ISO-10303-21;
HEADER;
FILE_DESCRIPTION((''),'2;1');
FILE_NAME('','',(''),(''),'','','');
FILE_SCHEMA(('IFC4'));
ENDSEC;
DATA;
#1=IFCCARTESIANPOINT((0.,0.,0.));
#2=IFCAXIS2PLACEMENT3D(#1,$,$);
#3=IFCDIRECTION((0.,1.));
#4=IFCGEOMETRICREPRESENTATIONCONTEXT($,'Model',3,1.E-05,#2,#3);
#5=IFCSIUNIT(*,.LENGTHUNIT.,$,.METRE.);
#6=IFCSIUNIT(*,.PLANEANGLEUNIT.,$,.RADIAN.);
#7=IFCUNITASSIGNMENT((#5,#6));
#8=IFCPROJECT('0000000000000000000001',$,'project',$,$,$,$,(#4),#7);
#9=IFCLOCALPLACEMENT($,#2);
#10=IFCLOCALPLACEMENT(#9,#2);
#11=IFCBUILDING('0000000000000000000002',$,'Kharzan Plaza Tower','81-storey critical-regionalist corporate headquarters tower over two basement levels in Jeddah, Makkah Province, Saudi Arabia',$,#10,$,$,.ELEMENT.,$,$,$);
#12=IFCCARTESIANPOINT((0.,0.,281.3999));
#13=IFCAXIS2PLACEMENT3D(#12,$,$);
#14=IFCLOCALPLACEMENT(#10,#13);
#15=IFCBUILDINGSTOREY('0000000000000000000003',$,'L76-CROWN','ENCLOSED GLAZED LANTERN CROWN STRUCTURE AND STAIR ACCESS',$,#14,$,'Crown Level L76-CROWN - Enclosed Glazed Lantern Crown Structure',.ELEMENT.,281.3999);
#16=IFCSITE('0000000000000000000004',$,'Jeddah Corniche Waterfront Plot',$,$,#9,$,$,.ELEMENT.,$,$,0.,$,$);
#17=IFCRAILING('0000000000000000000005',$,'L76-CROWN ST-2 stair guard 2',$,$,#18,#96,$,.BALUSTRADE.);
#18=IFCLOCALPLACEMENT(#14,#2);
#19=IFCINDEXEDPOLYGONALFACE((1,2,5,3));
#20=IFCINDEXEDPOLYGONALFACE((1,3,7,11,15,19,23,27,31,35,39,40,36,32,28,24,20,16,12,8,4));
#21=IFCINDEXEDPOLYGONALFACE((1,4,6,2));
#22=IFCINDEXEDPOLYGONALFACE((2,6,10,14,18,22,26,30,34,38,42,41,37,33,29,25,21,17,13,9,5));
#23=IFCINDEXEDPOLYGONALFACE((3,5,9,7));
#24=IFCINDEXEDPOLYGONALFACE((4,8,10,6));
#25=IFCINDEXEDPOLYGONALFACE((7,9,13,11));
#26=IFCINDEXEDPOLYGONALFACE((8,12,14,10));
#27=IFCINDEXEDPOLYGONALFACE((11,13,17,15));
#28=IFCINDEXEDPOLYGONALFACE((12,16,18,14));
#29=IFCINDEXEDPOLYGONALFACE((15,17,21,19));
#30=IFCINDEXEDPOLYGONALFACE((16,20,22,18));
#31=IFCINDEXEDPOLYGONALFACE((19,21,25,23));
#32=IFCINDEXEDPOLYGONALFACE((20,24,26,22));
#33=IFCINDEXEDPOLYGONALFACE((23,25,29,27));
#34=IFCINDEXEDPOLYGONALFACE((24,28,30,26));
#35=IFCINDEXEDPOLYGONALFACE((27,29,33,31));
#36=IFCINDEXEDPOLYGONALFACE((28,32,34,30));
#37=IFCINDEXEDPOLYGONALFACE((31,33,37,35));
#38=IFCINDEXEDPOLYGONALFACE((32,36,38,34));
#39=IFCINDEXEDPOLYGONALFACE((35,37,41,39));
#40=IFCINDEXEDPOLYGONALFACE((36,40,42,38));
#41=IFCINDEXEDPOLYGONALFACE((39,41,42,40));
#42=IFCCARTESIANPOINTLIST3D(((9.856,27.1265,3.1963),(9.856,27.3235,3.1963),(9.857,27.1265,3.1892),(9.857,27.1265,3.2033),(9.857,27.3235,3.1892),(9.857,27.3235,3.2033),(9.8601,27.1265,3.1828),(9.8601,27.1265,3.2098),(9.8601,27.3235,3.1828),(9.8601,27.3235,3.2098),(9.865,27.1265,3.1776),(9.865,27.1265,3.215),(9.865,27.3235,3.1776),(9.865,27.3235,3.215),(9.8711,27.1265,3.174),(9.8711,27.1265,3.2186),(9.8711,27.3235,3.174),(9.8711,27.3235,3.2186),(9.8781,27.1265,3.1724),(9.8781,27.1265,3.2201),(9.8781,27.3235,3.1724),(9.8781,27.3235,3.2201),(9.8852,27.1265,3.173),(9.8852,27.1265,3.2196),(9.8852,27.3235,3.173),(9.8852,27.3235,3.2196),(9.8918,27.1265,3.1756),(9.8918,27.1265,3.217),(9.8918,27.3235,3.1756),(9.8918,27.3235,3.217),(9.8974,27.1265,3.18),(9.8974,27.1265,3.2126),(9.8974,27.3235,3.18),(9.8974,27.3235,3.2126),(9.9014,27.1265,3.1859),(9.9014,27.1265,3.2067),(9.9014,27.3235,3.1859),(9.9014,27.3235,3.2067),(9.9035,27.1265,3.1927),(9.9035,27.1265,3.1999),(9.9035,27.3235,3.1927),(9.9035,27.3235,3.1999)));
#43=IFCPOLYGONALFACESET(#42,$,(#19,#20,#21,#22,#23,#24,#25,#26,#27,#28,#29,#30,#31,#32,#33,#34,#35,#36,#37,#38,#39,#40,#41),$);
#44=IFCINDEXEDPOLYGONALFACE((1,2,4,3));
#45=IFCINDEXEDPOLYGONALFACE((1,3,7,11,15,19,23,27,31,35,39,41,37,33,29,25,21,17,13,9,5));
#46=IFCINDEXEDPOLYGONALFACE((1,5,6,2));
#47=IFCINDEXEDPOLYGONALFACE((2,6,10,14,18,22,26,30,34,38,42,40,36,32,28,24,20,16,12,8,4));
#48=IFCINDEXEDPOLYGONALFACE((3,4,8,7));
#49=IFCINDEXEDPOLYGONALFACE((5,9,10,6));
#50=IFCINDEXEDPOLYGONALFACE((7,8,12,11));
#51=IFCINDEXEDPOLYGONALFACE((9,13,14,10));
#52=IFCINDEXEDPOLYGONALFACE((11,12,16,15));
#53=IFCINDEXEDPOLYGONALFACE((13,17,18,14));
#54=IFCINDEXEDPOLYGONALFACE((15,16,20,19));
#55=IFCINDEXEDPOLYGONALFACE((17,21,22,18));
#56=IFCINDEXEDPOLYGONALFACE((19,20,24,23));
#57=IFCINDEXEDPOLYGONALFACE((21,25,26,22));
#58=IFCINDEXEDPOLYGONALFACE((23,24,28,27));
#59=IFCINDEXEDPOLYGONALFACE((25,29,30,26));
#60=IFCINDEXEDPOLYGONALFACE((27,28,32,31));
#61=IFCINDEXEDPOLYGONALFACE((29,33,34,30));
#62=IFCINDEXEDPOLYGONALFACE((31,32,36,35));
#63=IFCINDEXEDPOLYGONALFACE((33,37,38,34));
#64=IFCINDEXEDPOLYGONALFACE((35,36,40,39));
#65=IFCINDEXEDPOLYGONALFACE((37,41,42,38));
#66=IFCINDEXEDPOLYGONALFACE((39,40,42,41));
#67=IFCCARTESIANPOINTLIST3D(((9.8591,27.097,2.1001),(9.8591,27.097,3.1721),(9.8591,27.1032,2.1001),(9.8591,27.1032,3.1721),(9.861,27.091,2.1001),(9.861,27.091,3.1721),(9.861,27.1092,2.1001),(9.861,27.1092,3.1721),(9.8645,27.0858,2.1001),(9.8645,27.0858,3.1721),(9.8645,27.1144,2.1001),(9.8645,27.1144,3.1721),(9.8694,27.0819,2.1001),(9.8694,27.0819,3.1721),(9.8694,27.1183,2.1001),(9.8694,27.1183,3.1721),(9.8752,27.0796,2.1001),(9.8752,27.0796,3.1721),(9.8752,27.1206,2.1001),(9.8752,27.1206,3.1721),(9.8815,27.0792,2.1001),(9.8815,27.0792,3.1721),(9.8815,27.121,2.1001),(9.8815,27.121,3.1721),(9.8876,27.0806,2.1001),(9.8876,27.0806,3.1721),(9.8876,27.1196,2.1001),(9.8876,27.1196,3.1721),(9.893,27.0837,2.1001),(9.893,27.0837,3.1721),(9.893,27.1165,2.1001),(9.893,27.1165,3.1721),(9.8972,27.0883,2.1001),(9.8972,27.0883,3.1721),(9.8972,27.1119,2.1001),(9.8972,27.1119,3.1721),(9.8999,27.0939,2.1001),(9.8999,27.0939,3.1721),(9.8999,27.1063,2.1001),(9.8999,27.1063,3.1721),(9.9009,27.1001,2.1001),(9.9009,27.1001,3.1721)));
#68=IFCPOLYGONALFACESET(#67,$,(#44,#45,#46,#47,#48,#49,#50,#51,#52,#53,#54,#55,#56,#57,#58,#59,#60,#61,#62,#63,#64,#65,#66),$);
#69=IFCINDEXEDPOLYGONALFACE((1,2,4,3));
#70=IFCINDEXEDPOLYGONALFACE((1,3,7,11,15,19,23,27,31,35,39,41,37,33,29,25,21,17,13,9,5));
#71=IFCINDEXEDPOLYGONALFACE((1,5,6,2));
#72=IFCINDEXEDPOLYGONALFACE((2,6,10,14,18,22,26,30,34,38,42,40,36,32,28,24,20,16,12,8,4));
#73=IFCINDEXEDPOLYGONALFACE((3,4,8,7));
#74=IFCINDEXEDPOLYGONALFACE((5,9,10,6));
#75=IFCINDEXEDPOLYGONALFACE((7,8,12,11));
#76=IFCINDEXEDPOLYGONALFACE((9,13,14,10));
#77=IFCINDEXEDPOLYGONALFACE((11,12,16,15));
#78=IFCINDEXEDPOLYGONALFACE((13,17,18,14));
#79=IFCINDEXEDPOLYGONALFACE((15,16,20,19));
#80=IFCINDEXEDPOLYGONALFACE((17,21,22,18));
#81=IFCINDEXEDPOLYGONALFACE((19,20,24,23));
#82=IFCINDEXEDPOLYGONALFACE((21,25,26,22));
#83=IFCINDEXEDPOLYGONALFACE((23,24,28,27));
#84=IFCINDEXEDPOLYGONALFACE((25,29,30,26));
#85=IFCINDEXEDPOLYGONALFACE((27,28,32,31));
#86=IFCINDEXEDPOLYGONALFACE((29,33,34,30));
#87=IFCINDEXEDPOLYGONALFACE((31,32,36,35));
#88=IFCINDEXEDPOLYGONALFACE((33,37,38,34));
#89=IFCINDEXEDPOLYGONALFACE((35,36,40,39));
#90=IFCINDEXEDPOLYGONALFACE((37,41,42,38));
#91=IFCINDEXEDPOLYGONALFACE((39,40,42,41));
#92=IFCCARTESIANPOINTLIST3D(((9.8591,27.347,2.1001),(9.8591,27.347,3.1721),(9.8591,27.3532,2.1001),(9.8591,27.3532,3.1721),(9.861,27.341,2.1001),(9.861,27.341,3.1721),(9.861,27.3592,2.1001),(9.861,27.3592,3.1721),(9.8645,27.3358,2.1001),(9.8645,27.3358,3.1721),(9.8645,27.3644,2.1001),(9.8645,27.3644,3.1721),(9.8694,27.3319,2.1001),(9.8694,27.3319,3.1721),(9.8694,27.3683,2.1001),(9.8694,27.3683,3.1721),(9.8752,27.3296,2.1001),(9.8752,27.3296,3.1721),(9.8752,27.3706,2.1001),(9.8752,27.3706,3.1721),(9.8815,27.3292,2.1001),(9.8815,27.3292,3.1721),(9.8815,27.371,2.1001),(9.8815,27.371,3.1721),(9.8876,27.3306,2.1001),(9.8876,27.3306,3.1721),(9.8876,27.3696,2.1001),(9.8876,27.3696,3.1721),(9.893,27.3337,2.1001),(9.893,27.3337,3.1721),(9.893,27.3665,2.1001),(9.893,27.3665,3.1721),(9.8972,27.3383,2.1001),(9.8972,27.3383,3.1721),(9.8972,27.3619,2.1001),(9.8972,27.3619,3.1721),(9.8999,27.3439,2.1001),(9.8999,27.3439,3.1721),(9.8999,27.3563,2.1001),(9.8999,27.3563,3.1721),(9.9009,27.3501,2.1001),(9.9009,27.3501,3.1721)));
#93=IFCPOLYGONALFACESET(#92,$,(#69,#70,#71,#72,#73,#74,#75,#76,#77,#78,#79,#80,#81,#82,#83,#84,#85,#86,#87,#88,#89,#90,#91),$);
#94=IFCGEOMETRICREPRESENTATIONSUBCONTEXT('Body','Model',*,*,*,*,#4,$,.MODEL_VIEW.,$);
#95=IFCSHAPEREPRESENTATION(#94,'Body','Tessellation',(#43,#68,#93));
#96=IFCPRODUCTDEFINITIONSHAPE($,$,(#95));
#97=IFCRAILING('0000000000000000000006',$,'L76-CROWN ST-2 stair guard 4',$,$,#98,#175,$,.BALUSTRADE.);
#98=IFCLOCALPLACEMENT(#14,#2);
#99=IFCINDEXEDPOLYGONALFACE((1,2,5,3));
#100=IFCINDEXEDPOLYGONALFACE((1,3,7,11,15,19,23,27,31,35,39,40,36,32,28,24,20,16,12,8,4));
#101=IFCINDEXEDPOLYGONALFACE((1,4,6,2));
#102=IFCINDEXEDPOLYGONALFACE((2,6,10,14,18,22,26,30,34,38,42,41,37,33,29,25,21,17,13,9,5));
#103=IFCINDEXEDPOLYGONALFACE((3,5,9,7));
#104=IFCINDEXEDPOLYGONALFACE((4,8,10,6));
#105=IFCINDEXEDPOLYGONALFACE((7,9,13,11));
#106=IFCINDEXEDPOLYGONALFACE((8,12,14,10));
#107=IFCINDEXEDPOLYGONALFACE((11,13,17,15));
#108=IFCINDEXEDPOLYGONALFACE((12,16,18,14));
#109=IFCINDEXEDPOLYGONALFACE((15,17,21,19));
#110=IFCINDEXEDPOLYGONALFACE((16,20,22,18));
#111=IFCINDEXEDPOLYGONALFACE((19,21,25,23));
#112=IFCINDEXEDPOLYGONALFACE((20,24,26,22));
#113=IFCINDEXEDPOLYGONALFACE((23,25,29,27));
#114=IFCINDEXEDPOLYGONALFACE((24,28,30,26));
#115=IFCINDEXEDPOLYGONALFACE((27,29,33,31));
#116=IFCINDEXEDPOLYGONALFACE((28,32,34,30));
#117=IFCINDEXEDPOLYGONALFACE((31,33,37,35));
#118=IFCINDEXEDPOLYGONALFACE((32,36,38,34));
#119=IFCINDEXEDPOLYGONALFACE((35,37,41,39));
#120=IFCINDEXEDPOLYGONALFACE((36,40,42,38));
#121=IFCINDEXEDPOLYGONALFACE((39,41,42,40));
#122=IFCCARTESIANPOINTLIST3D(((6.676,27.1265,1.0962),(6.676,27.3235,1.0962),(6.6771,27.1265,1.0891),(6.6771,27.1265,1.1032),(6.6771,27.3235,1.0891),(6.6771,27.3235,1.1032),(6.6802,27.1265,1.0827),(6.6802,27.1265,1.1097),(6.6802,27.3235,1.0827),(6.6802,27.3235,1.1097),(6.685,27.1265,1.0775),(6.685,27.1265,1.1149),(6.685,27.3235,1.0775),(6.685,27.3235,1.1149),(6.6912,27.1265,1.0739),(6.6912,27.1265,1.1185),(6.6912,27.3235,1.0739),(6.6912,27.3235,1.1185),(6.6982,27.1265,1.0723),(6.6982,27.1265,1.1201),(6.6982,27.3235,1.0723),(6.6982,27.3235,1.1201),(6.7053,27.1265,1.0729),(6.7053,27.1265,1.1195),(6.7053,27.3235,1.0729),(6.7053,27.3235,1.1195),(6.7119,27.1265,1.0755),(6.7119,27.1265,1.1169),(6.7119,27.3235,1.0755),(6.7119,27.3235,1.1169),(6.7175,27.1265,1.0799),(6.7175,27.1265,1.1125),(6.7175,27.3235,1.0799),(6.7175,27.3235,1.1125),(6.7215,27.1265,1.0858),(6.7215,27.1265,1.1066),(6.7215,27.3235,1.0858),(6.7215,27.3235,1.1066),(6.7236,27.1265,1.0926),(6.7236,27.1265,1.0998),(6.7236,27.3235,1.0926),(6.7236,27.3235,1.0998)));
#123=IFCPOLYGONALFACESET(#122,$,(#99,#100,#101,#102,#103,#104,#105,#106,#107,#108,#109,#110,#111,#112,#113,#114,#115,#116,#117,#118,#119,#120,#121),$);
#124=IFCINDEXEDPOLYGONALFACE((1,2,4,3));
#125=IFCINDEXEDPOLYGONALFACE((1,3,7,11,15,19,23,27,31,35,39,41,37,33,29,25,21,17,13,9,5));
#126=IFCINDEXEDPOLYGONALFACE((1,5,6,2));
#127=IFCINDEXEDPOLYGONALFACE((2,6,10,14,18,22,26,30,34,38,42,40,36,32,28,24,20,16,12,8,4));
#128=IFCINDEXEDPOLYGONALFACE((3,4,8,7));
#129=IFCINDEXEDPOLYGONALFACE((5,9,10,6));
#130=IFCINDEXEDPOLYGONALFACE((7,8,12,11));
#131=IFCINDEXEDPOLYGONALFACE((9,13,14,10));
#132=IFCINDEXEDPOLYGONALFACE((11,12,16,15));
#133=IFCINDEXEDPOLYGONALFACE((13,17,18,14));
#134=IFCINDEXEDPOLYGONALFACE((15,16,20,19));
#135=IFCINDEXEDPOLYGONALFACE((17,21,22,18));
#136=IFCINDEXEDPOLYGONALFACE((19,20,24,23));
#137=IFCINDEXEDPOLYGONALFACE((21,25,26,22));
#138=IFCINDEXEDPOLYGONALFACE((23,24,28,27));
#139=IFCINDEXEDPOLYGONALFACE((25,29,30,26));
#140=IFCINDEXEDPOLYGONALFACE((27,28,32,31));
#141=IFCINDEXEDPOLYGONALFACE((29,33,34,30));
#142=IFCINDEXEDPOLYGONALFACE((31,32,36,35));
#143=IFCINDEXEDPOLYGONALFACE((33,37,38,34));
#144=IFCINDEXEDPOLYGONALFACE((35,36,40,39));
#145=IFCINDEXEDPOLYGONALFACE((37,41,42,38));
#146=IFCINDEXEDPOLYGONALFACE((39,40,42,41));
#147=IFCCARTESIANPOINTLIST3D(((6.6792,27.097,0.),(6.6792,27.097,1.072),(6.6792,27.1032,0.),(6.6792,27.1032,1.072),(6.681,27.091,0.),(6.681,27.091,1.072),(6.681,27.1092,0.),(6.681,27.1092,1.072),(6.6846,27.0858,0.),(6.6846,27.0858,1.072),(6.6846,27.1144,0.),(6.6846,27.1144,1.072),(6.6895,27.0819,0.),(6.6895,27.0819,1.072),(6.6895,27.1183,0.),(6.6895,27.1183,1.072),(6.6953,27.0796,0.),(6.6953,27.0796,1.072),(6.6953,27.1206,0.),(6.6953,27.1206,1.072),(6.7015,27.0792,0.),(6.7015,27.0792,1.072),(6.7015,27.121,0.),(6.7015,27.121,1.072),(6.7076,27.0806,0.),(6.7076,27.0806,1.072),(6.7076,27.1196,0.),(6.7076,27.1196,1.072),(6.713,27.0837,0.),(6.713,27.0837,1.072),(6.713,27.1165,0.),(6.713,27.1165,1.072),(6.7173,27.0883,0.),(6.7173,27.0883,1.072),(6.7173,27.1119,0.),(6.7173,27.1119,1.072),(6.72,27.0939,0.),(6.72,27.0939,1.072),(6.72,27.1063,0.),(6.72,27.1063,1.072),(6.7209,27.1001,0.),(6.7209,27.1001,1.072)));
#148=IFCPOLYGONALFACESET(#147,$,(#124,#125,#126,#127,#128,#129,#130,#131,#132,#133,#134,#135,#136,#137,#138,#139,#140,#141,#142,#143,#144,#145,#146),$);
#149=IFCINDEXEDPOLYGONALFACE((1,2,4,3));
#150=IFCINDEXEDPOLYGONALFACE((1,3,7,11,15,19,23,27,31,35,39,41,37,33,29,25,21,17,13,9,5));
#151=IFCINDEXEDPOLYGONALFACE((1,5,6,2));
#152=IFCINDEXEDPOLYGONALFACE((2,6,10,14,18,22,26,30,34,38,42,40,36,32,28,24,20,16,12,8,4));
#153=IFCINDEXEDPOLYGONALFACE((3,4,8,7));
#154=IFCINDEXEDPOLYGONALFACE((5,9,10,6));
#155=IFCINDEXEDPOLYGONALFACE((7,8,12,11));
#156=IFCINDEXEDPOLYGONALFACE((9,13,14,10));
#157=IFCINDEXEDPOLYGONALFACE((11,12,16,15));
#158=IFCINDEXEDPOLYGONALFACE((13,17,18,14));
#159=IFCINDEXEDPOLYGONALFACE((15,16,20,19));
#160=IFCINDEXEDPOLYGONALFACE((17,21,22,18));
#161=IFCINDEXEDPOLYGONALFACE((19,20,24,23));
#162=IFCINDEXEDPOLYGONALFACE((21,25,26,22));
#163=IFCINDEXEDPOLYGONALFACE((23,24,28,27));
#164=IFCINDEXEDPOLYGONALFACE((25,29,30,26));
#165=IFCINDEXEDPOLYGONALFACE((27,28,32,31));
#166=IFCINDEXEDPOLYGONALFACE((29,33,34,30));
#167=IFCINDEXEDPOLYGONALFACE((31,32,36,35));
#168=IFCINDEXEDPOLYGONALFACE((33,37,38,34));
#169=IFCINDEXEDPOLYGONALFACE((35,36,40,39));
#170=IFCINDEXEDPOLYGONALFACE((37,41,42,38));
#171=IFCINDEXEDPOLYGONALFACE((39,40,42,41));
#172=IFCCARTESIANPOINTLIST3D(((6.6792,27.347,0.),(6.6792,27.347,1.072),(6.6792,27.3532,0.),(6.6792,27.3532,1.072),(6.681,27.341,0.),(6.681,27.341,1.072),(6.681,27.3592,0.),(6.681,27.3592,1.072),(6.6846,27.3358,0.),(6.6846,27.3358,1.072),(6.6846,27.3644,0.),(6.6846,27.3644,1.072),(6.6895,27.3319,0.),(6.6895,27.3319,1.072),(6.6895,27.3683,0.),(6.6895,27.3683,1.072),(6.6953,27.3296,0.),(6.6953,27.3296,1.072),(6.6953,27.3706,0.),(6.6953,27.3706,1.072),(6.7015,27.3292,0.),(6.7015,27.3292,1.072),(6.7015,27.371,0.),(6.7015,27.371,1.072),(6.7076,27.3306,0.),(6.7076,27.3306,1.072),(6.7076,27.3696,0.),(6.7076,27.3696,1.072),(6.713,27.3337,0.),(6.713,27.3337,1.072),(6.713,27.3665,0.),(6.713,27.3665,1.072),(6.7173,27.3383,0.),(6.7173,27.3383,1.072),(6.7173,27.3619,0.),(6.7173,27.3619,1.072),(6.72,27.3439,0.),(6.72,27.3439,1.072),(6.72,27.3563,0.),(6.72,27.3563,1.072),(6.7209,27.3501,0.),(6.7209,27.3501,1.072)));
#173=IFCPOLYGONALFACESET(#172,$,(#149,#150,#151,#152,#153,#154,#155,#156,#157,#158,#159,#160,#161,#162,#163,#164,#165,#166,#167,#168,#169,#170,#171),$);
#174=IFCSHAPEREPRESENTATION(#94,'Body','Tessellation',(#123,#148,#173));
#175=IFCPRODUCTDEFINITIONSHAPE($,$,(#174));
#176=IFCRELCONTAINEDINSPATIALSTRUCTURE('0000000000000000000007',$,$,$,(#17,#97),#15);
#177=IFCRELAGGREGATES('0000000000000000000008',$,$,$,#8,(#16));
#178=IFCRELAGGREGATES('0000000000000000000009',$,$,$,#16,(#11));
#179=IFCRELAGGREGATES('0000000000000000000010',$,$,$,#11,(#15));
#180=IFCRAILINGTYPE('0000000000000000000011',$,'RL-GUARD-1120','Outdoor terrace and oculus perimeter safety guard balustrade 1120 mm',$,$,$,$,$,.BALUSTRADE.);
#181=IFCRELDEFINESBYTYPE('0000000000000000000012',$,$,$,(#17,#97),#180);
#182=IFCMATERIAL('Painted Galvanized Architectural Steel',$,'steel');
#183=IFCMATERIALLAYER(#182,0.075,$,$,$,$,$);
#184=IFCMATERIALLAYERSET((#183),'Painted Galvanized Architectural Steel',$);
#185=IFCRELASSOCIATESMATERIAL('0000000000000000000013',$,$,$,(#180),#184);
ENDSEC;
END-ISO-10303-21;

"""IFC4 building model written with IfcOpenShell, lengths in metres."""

from ifc_helpers import new_model, si_unit, direction, frame, origin, origin_2d, place, context, subcontext, project, spatial, circle, extrude, source, transform, mapped, material, layer, layer_set, type_object, element, save


model = new_model("IFC4")

# Units and contexts
model_context = context("Model", 3, precision=1e-05, world=origin(), true_north=direction((0.0, 1.0)))
body_context = subcontext(model_context, "Body", "Model", "MODEL_VIEW")
ifc_project = project(units=[si_unit("LENGTHUNIT", "METRE"), si_unit("PLANEANGLEUNIT", "RADIAN")], contexts=[model_context])

# Site, building, storey
site_placement = place(None, origin())
site = spatial("IfcSite", under=ifc_project, at=site_placement, Name="Jeddah Corniche Waterfront Plot", CompositionType="ELEMENT", RefElevation=0.0)
building_placement = place(site_placement, origin())
building = spatial("IfcBuilding", under=site, at=building_placement, Name="Kharzan Plaza Tower", Description="81-storey critical-regionalist corporate headquarters tower over two basement levels in Jeddah, Makkah Province, Saudi Arabia", CompositionType="ELEMENT")
storey_placement = place(building_placement, frame((0.0, 0.0, 281.3999)))
storey = spatial("IfcBuildingStorey", under=building, at=storey_placement, Name="L76-CROWN", Description="ENCLOSED GLAZED LANTERN CROWN STRUCTURE AND STAIR ACCESS", LongName="Crown Level L76-CROWN - Enclosed Glazed Lantern Crown Structure", CompositionType="ELEMENT", Elevation=281.3999)

# Railings
ifc_material_1 = material(Name="Painted Galvanized Architectural Steel", Category="steel")
ifc_layer_1 = layer(ifc_material_1, 0.075)
ifc_layer_set_1 = layer_set([ifc_layer_1], Name="Painted Galvanized Architectural Steel")
railing_type_1 = type_object("IfcRailingType", Name="RL-GUARD-1120", Description="Outdoor terrace and oculus perimeter safety guard balustrade 1120 mm", PredefinedType="BALUSTRADE", material=ifc_layer_set_1)
shared_shape_1 = source(origin(), body_context, "Body", "SweptSolid", [
    extrude(circle(Radius=0.0239, at=origin_2d()), frame((0.0, 0.0264, 1.0962), z_axis=(0.0, 1.0, 0.0), x_axis=(-1.0, 0.0, 0.0)), (0.0, 0.0, 1.0), 0.197),
    extrude(circle(Radius=0.021, at=origin_2d()), origin(), (0.0, 0.0, 1.0), 1.072),
    extrude(circle(Radius=0.021, at=origin_2d()), frame((0.0, 0.25, 0.0)), (0.0, 0.0, 1.0), 1.072),
])
for number, where, name in (
    (1, (9.8799, 27.1001, 2.1001), "L76-CROWN ST-2 stair guard 2"),
    (2, (6.7, 27.1001, 0.0), "L76-CROWN ST-2 stair guard 4"),
):
    element("IfcRailing", number, at=place(storey_placement, frame(where)), inside=storey, type_object=railing_type_1, Name=name, PredefinedType="BALUSTRADE", context=body_context, shape_type="MappedRepresentation", body=[
        mapped(shared_shape_1, transform((0.0, 0.0, 0.0), x_axis=(1.0, 0.0, 0.0), y_axis=(0.0, 1.0, 0.0), z_axis=(0.0, 0.0, 1.0))),
    ])

save(model, "model.ifc")
